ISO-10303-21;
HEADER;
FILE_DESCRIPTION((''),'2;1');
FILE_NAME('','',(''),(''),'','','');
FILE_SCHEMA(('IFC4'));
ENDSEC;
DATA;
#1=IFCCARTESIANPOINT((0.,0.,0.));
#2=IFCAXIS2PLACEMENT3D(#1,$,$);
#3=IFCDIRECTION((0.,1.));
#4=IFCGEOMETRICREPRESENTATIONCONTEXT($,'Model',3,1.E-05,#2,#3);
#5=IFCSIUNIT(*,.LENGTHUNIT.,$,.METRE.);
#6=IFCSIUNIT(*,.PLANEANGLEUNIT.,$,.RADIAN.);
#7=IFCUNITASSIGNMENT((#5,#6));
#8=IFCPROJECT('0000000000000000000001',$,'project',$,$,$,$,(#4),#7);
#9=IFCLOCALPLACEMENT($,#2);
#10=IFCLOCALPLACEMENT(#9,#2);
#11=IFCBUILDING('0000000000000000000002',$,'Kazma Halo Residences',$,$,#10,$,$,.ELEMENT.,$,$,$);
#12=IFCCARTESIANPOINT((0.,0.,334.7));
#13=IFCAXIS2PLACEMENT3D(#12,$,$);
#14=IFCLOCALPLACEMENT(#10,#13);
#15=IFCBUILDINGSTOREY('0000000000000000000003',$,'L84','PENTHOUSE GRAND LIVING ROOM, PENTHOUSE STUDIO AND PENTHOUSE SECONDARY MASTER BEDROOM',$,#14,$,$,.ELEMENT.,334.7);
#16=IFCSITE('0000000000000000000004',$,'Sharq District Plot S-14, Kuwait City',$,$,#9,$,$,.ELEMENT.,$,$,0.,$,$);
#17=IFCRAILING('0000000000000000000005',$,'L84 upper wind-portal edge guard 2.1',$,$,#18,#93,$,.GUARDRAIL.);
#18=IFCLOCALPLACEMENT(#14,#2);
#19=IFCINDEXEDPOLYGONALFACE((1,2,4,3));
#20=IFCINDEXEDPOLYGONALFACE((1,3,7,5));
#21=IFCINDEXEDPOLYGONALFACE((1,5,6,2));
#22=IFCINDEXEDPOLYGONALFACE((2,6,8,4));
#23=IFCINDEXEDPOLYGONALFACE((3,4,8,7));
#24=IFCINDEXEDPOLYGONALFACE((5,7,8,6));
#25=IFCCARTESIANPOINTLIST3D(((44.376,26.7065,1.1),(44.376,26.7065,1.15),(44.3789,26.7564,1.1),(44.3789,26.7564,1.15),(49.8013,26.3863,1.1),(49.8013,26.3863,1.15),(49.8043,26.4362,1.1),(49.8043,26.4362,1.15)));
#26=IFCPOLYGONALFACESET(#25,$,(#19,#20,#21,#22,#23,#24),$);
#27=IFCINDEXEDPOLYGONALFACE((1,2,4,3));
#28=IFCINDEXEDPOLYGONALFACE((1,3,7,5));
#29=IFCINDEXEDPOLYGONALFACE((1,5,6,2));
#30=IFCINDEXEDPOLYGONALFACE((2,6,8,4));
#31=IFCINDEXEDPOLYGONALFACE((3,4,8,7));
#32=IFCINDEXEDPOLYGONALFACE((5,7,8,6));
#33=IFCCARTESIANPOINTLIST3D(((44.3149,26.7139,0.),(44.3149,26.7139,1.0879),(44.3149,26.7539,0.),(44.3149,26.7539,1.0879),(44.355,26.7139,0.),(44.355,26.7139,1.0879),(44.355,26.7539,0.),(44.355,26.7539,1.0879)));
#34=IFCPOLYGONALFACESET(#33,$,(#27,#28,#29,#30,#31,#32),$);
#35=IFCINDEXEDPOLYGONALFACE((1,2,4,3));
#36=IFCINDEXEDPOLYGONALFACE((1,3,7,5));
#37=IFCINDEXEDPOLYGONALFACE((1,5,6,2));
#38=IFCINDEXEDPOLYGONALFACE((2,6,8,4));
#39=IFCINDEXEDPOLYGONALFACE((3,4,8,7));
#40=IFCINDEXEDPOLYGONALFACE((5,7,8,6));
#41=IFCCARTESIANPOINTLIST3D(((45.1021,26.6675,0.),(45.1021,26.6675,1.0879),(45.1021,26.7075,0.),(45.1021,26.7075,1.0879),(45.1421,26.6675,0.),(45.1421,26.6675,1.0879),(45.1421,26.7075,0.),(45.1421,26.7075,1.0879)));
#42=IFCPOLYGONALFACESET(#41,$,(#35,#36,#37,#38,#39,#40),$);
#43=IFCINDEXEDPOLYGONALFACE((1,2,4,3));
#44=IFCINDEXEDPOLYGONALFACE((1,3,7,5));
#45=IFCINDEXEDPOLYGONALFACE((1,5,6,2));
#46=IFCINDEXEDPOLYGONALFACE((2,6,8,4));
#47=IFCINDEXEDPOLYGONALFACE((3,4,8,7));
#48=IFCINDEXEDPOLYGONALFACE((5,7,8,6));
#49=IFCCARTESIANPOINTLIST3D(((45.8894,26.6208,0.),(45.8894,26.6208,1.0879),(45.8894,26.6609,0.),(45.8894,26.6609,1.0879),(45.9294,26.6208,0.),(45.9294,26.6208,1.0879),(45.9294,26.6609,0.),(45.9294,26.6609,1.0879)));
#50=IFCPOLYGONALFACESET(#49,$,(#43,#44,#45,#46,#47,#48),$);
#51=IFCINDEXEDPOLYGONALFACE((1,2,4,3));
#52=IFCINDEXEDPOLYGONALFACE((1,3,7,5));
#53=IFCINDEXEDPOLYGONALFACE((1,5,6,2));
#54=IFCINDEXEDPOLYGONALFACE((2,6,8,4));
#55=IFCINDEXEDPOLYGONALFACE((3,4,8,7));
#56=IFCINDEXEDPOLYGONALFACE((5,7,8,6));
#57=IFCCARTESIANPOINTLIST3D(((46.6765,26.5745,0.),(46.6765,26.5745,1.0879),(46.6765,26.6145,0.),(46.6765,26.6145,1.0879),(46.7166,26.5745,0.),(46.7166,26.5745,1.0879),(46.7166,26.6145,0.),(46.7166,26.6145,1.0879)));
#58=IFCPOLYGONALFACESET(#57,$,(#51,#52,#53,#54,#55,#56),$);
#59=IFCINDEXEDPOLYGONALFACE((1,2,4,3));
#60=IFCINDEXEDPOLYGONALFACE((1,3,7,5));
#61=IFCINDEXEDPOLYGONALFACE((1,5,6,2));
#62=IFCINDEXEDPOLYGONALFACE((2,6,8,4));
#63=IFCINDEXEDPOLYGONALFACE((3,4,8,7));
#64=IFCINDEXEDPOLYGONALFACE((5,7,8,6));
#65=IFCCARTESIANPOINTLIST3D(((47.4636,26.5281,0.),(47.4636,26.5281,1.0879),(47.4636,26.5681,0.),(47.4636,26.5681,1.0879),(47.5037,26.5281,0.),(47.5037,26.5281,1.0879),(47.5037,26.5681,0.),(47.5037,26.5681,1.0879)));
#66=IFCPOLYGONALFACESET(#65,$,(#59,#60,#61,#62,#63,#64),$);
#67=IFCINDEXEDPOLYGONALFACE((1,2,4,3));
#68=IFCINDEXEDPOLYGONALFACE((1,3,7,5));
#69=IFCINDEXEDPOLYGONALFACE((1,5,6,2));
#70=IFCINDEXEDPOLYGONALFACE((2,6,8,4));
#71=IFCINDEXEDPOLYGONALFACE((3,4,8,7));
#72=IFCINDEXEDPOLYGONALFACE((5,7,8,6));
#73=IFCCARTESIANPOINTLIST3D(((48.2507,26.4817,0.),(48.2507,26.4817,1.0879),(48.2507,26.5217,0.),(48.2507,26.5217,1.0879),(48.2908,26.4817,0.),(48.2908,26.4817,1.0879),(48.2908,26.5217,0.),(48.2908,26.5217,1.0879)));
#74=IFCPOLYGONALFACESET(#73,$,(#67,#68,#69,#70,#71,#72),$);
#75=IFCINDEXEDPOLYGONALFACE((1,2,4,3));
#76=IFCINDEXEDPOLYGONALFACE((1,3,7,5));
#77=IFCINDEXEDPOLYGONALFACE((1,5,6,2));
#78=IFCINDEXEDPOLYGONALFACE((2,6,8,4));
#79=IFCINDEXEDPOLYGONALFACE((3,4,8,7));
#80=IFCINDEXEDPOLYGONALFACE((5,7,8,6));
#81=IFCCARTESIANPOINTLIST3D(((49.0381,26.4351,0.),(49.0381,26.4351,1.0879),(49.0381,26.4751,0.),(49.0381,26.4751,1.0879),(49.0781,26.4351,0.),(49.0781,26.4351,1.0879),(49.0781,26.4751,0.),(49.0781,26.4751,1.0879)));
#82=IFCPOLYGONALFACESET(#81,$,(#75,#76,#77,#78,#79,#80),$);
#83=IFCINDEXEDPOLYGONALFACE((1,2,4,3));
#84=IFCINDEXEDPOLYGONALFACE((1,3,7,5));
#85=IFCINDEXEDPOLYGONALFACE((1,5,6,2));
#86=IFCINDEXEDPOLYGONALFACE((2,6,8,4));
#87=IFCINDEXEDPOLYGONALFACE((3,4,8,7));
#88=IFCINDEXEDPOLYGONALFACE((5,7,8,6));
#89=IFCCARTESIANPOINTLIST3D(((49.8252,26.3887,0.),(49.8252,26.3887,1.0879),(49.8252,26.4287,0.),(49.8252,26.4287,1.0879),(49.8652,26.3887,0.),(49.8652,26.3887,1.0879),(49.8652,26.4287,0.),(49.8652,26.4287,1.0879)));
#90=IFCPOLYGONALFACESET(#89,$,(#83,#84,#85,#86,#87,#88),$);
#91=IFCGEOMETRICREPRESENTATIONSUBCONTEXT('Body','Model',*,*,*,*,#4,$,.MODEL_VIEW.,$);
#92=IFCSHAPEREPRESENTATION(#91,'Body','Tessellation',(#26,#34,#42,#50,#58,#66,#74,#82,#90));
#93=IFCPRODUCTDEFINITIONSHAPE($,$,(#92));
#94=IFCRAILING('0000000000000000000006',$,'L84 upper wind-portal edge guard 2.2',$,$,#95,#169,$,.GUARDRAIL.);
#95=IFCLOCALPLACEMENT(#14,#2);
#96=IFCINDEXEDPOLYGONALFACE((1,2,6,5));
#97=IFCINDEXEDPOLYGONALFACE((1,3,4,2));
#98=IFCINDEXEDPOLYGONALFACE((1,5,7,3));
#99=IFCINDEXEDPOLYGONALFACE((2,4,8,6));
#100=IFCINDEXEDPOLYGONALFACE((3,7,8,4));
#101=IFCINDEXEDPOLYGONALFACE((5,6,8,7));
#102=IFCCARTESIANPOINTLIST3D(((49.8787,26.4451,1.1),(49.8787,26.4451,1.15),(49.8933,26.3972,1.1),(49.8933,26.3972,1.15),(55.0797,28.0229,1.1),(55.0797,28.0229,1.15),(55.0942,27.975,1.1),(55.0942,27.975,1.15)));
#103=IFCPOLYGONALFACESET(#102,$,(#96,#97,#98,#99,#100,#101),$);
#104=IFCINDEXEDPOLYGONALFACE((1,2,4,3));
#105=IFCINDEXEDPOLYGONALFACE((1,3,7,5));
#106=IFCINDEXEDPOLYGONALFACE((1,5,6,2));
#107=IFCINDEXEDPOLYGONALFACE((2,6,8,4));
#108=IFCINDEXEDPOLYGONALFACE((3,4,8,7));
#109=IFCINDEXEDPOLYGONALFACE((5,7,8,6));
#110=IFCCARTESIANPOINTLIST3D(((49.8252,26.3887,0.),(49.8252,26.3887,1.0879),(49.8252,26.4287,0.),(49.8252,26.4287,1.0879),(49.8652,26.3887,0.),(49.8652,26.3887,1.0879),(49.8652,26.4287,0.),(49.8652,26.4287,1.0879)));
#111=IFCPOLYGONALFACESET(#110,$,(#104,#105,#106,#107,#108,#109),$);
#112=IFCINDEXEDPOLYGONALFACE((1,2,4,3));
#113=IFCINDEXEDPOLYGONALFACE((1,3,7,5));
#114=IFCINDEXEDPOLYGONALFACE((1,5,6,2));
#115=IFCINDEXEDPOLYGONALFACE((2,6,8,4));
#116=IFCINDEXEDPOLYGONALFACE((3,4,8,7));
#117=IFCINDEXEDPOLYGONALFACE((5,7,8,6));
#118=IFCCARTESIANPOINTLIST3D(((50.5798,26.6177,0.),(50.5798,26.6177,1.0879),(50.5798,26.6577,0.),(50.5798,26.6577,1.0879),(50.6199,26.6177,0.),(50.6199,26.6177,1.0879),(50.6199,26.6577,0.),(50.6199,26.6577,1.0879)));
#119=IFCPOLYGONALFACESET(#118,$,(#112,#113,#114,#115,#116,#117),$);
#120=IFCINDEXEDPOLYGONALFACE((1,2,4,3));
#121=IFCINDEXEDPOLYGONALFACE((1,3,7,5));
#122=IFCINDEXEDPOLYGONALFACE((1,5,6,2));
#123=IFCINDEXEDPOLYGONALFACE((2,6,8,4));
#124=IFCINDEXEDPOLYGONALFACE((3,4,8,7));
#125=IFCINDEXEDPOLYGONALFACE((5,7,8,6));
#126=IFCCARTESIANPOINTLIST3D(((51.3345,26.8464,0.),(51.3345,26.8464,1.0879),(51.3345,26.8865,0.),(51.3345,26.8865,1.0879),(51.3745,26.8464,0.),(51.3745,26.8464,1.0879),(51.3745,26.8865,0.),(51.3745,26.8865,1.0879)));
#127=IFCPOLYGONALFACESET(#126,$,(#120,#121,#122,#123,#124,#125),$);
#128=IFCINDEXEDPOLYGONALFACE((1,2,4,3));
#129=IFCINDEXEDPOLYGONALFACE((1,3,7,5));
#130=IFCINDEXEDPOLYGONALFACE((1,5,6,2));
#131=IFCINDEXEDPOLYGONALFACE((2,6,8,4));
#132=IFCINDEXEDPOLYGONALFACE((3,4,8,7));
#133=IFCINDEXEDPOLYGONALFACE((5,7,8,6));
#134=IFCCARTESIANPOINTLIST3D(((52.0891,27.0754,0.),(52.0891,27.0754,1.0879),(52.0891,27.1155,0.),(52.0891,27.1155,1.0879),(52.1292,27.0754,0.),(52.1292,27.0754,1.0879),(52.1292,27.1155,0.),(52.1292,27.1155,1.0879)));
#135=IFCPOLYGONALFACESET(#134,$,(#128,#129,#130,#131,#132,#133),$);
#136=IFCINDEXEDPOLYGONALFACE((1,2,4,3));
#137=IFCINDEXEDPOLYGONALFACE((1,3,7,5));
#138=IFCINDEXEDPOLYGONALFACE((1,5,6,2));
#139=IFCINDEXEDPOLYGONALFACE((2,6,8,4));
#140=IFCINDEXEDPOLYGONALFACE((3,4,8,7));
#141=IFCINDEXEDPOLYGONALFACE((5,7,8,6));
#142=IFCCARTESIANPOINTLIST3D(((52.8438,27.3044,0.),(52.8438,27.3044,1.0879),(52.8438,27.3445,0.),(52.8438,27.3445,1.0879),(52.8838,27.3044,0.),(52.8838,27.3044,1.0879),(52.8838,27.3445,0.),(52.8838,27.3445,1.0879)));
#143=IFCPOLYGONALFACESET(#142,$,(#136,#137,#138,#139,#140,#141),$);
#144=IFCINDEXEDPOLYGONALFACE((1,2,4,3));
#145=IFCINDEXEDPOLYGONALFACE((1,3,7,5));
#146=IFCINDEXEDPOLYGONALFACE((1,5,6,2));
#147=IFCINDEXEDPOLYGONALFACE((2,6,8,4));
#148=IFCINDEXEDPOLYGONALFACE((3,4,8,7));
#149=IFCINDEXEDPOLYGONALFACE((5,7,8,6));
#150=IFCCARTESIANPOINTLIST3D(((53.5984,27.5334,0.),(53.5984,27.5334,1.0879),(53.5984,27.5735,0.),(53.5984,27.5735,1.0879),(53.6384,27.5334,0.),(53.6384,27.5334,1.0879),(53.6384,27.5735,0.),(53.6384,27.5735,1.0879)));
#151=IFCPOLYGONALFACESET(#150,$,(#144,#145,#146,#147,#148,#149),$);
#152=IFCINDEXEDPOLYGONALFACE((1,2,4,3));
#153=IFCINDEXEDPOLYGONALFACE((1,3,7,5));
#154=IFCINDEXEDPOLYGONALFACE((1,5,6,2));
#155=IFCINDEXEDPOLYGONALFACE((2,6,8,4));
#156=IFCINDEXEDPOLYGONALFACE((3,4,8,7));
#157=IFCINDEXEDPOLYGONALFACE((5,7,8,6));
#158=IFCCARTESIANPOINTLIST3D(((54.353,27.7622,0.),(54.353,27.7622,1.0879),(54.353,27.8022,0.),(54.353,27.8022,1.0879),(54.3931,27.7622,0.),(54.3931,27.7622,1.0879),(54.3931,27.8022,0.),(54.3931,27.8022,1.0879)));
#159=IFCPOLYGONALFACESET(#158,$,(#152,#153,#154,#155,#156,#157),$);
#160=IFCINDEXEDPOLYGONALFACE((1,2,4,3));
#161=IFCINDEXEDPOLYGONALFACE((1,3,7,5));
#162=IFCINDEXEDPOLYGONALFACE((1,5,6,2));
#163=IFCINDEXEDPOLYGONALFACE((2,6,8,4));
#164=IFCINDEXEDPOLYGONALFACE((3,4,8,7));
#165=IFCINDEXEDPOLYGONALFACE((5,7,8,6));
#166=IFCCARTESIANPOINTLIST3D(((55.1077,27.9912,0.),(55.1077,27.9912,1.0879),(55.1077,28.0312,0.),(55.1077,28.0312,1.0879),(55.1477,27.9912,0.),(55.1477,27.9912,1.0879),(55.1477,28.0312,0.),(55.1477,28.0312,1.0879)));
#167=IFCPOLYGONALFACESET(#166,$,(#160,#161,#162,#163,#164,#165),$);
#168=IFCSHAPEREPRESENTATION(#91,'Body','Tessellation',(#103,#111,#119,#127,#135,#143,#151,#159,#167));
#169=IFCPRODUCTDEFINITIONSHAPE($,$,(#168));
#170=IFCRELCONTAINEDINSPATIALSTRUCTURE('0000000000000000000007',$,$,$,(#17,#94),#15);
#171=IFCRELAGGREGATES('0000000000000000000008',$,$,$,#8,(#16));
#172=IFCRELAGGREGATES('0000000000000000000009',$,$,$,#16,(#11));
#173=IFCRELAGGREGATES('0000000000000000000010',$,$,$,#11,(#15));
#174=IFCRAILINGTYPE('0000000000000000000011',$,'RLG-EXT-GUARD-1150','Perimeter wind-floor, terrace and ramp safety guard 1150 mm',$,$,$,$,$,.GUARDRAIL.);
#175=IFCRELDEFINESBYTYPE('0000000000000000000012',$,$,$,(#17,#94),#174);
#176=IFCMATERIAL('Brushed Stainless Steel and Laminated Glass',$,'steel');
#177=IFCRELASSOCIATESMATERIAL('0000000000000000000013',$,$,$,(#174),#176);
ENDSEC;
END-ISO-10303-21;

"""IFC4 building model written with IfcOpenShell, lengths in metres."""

from ifc_helpers import new_model, si_unit, direction, frame, origin, origin_2d, place, context, subcontext, project, spatial, rectangle, extrude, material, type_object, element, save


model = new_model("IFC4")

# Units and contexts
model_context = context("Model", 3, precision=1e-05, world=origin(), true_north=direction((0.0, 1.0)))
body_context = subcontext(model_context, "Body", "Model", "MODEL_VIEW")
ifc_project = project(units=[si_unit("LENGTHUNIT", "METRE"), si_unit("PLANEANGLEUNIT", "RADIAN")], contexts=[model_context])

# Site, building, storey
site_placement = place(None, origin())
site = spatial("IfcSite", under=ifc_project, at=site_placement, Name="Sharq District Plot S-14, Kuwait City", CompositionType="ELEMENT", RefElevation=0.0)
building_placement = place(site_placement, origin())
building = spatial("IfcBuilding", under=site, at=building_placement, Name="Kazma Halo Residences", CompositionType="ELEMENT")
storey_placement = place(building_placement, frame((0.0, 0.0, 334.7)))
storey = spatial("IfcBuildingStorey", under=building, at=storey_placement, Name="L84", Description="PENTHOUSE GRAND LIVING ROOM, PENTHOUSE STUDIO AND PENTHOUSE SECONDARY MASTER BEDROOM", CompositionType="ELEMENT", Elevation=334.7)

# Railings
ifc_material_1 = material(Name="Brushed Stainless Steel and Laminated Glass", Category="steel")
railing_type_1 = type_object("IfcRailingType", Name="RLG-EXT-GUARD-1150", Description="Perimeter wind-floor, terrace and ramp safety guard 1150 mm", PredefinedType="GUARDRAIL", material=ifc_material_1)
railing_1_placement = place(storey_placement, frame((44.335, 26.7339, 0.0)))
element("IfcRailing", 1, at=railing_1_placement, inside=storey, type_object=railing_type_1, Name="L84 upper wind-portal edge guard 2.1", PredefinedType="GUARDRAIL", context=body_context, shape_type="SweptSolid", body=[
    extrude(rectangle(XDim=0.05, YDim=0.05, at=origin_2d()), frame((0.0425, -0.0024, 1.125), z_axis=(0.998263, -0.058914, 0.0), x_axis=(0.058914, 0.998263, 0.0)), (0.0, 0.0, 1.0), 5.4348),
    extrude(rectangle(XDim=0.04, YDim=0.04, at=origin_2d()), origin(), (0.0, 0.0, 1.0), 1.0879),
    extrude(rectangle(XDim=0.04, YDim=0.04, at=origin_2d()), frame((0.7871, -0.0464, 0.0)), (0.0, 0.0, 1.0), 1.0879),
    extrude(rectangle(XDim=0.04, YDim=0.04, at=origin_2d()), frame((1.5745, -0.093, 0.0)), (0.0, 0.0, 1.0), 1.0879),
    extrude(rectangle(XDim=0.04, YDim=0.04, at=origin_2d()), frame((2.3616, -0.1394, 0.0)), (0.0, 0.0, 1.0), 1.0879),
    extrude(rectangle(XDim=0.04, YDim=0.04, at=origin_2d()), frame((3.1487, -0.1858, 0.0)), (0.0, 0.0, 1.0), 1.0879),
    extrude(rectangle(XDim=0.04, YDim=0.04, at=origin_2d()), frame((3.9358, -0.2322, 0.0)), (0.0, 0.0, 1.0), 1.0879),
    extrude(rectangle(XDim=0.04, YDim=0.04, at=origin_2d()), frame((4.7231, -0.2788, 0.0)), (0.0, 0.0, 1.0), 1.0879),
    extrude(rectangle(XDim=0.04, YDim=0.04, at=origin_2d()), frame((5.5103, -0.3252, 0.0)), (0.0, 0.0, 1.0), 1.0879),
])
railing_2_placement = place(storey_placement, frame((49.8452, 26.4087, 0.0)))
element("IfcRailing", 2, at=railing_2_placement, inside=storey, type_object=railing_type_1, Name="L84 upper wind-portal edge guard 2.2", PredefinedType="GUARDRAIL", context=body_context, shape_type="SweptSolid", body=[
    extrude(rectangle(XDim=0.05, YDim=0.05, at=origin_2d()), frame((0.0408, 0.0125, 1.125), z_axis=(0.956934, 0.290304, 0.0), x_axis=(-0.290304, 0.956934, 0.0)), (0.0, 0.0, 1.0), 5.4351),
    extrude(rectangle(XDim=0.04, YDim=0.04, at=origin_2d()), origin(), (0.0, 0.0, 1.0), 1.0879),
    extrude(rectangle(XDim=0.04, YDim=0.04, at=origin_2d()), frame((0.7546, 0.229, 0.0)), (0.0, 0.0, 1.0), 1.0879),
    extrude(rectangle(XDim=0.04, YDim=0.04, at=origin_2d()), frame((1.5093, 0.4578, 0.0)), (0.0, 0.0, 1.0), 1.0879),
    extrude(rectangle(XDim=0.04, YDim=0.04, at=origin_2d()), frame((2.2639, 0.6868, 0.0)), (0.0, 0.0, 1.0), 1.0879),
    extrude(rectangle(XDim=0.04, YDim=0.04, at=origin_2d()), frame((3.0186, 0.9158, 0.0)), (0.0, 0.0, 1.0), 1.0879),
    extrude(rectangle(XDim=0.04, YDim=0.04, at=origin_2d()), frame((3.7732, 1.1448, 0.0)), (0.0, 0.0, 1.0), 1.0879),
    extrude(rectangle(XDim=0.04, YDim=0.04, at=origin_2d()), frame((4.5278, 1.3735, 0.0)), (0.0, 0.0, 1.0), 1.0879),
    extrude(rectangle(XDim=0.04, YDim=0.04, at=origin_2d()), frame((5.2825, 1.6025, 0.0)), (0.0, 0.0, 1.0), 1.0879),
])

save(model, "model.ifc")
